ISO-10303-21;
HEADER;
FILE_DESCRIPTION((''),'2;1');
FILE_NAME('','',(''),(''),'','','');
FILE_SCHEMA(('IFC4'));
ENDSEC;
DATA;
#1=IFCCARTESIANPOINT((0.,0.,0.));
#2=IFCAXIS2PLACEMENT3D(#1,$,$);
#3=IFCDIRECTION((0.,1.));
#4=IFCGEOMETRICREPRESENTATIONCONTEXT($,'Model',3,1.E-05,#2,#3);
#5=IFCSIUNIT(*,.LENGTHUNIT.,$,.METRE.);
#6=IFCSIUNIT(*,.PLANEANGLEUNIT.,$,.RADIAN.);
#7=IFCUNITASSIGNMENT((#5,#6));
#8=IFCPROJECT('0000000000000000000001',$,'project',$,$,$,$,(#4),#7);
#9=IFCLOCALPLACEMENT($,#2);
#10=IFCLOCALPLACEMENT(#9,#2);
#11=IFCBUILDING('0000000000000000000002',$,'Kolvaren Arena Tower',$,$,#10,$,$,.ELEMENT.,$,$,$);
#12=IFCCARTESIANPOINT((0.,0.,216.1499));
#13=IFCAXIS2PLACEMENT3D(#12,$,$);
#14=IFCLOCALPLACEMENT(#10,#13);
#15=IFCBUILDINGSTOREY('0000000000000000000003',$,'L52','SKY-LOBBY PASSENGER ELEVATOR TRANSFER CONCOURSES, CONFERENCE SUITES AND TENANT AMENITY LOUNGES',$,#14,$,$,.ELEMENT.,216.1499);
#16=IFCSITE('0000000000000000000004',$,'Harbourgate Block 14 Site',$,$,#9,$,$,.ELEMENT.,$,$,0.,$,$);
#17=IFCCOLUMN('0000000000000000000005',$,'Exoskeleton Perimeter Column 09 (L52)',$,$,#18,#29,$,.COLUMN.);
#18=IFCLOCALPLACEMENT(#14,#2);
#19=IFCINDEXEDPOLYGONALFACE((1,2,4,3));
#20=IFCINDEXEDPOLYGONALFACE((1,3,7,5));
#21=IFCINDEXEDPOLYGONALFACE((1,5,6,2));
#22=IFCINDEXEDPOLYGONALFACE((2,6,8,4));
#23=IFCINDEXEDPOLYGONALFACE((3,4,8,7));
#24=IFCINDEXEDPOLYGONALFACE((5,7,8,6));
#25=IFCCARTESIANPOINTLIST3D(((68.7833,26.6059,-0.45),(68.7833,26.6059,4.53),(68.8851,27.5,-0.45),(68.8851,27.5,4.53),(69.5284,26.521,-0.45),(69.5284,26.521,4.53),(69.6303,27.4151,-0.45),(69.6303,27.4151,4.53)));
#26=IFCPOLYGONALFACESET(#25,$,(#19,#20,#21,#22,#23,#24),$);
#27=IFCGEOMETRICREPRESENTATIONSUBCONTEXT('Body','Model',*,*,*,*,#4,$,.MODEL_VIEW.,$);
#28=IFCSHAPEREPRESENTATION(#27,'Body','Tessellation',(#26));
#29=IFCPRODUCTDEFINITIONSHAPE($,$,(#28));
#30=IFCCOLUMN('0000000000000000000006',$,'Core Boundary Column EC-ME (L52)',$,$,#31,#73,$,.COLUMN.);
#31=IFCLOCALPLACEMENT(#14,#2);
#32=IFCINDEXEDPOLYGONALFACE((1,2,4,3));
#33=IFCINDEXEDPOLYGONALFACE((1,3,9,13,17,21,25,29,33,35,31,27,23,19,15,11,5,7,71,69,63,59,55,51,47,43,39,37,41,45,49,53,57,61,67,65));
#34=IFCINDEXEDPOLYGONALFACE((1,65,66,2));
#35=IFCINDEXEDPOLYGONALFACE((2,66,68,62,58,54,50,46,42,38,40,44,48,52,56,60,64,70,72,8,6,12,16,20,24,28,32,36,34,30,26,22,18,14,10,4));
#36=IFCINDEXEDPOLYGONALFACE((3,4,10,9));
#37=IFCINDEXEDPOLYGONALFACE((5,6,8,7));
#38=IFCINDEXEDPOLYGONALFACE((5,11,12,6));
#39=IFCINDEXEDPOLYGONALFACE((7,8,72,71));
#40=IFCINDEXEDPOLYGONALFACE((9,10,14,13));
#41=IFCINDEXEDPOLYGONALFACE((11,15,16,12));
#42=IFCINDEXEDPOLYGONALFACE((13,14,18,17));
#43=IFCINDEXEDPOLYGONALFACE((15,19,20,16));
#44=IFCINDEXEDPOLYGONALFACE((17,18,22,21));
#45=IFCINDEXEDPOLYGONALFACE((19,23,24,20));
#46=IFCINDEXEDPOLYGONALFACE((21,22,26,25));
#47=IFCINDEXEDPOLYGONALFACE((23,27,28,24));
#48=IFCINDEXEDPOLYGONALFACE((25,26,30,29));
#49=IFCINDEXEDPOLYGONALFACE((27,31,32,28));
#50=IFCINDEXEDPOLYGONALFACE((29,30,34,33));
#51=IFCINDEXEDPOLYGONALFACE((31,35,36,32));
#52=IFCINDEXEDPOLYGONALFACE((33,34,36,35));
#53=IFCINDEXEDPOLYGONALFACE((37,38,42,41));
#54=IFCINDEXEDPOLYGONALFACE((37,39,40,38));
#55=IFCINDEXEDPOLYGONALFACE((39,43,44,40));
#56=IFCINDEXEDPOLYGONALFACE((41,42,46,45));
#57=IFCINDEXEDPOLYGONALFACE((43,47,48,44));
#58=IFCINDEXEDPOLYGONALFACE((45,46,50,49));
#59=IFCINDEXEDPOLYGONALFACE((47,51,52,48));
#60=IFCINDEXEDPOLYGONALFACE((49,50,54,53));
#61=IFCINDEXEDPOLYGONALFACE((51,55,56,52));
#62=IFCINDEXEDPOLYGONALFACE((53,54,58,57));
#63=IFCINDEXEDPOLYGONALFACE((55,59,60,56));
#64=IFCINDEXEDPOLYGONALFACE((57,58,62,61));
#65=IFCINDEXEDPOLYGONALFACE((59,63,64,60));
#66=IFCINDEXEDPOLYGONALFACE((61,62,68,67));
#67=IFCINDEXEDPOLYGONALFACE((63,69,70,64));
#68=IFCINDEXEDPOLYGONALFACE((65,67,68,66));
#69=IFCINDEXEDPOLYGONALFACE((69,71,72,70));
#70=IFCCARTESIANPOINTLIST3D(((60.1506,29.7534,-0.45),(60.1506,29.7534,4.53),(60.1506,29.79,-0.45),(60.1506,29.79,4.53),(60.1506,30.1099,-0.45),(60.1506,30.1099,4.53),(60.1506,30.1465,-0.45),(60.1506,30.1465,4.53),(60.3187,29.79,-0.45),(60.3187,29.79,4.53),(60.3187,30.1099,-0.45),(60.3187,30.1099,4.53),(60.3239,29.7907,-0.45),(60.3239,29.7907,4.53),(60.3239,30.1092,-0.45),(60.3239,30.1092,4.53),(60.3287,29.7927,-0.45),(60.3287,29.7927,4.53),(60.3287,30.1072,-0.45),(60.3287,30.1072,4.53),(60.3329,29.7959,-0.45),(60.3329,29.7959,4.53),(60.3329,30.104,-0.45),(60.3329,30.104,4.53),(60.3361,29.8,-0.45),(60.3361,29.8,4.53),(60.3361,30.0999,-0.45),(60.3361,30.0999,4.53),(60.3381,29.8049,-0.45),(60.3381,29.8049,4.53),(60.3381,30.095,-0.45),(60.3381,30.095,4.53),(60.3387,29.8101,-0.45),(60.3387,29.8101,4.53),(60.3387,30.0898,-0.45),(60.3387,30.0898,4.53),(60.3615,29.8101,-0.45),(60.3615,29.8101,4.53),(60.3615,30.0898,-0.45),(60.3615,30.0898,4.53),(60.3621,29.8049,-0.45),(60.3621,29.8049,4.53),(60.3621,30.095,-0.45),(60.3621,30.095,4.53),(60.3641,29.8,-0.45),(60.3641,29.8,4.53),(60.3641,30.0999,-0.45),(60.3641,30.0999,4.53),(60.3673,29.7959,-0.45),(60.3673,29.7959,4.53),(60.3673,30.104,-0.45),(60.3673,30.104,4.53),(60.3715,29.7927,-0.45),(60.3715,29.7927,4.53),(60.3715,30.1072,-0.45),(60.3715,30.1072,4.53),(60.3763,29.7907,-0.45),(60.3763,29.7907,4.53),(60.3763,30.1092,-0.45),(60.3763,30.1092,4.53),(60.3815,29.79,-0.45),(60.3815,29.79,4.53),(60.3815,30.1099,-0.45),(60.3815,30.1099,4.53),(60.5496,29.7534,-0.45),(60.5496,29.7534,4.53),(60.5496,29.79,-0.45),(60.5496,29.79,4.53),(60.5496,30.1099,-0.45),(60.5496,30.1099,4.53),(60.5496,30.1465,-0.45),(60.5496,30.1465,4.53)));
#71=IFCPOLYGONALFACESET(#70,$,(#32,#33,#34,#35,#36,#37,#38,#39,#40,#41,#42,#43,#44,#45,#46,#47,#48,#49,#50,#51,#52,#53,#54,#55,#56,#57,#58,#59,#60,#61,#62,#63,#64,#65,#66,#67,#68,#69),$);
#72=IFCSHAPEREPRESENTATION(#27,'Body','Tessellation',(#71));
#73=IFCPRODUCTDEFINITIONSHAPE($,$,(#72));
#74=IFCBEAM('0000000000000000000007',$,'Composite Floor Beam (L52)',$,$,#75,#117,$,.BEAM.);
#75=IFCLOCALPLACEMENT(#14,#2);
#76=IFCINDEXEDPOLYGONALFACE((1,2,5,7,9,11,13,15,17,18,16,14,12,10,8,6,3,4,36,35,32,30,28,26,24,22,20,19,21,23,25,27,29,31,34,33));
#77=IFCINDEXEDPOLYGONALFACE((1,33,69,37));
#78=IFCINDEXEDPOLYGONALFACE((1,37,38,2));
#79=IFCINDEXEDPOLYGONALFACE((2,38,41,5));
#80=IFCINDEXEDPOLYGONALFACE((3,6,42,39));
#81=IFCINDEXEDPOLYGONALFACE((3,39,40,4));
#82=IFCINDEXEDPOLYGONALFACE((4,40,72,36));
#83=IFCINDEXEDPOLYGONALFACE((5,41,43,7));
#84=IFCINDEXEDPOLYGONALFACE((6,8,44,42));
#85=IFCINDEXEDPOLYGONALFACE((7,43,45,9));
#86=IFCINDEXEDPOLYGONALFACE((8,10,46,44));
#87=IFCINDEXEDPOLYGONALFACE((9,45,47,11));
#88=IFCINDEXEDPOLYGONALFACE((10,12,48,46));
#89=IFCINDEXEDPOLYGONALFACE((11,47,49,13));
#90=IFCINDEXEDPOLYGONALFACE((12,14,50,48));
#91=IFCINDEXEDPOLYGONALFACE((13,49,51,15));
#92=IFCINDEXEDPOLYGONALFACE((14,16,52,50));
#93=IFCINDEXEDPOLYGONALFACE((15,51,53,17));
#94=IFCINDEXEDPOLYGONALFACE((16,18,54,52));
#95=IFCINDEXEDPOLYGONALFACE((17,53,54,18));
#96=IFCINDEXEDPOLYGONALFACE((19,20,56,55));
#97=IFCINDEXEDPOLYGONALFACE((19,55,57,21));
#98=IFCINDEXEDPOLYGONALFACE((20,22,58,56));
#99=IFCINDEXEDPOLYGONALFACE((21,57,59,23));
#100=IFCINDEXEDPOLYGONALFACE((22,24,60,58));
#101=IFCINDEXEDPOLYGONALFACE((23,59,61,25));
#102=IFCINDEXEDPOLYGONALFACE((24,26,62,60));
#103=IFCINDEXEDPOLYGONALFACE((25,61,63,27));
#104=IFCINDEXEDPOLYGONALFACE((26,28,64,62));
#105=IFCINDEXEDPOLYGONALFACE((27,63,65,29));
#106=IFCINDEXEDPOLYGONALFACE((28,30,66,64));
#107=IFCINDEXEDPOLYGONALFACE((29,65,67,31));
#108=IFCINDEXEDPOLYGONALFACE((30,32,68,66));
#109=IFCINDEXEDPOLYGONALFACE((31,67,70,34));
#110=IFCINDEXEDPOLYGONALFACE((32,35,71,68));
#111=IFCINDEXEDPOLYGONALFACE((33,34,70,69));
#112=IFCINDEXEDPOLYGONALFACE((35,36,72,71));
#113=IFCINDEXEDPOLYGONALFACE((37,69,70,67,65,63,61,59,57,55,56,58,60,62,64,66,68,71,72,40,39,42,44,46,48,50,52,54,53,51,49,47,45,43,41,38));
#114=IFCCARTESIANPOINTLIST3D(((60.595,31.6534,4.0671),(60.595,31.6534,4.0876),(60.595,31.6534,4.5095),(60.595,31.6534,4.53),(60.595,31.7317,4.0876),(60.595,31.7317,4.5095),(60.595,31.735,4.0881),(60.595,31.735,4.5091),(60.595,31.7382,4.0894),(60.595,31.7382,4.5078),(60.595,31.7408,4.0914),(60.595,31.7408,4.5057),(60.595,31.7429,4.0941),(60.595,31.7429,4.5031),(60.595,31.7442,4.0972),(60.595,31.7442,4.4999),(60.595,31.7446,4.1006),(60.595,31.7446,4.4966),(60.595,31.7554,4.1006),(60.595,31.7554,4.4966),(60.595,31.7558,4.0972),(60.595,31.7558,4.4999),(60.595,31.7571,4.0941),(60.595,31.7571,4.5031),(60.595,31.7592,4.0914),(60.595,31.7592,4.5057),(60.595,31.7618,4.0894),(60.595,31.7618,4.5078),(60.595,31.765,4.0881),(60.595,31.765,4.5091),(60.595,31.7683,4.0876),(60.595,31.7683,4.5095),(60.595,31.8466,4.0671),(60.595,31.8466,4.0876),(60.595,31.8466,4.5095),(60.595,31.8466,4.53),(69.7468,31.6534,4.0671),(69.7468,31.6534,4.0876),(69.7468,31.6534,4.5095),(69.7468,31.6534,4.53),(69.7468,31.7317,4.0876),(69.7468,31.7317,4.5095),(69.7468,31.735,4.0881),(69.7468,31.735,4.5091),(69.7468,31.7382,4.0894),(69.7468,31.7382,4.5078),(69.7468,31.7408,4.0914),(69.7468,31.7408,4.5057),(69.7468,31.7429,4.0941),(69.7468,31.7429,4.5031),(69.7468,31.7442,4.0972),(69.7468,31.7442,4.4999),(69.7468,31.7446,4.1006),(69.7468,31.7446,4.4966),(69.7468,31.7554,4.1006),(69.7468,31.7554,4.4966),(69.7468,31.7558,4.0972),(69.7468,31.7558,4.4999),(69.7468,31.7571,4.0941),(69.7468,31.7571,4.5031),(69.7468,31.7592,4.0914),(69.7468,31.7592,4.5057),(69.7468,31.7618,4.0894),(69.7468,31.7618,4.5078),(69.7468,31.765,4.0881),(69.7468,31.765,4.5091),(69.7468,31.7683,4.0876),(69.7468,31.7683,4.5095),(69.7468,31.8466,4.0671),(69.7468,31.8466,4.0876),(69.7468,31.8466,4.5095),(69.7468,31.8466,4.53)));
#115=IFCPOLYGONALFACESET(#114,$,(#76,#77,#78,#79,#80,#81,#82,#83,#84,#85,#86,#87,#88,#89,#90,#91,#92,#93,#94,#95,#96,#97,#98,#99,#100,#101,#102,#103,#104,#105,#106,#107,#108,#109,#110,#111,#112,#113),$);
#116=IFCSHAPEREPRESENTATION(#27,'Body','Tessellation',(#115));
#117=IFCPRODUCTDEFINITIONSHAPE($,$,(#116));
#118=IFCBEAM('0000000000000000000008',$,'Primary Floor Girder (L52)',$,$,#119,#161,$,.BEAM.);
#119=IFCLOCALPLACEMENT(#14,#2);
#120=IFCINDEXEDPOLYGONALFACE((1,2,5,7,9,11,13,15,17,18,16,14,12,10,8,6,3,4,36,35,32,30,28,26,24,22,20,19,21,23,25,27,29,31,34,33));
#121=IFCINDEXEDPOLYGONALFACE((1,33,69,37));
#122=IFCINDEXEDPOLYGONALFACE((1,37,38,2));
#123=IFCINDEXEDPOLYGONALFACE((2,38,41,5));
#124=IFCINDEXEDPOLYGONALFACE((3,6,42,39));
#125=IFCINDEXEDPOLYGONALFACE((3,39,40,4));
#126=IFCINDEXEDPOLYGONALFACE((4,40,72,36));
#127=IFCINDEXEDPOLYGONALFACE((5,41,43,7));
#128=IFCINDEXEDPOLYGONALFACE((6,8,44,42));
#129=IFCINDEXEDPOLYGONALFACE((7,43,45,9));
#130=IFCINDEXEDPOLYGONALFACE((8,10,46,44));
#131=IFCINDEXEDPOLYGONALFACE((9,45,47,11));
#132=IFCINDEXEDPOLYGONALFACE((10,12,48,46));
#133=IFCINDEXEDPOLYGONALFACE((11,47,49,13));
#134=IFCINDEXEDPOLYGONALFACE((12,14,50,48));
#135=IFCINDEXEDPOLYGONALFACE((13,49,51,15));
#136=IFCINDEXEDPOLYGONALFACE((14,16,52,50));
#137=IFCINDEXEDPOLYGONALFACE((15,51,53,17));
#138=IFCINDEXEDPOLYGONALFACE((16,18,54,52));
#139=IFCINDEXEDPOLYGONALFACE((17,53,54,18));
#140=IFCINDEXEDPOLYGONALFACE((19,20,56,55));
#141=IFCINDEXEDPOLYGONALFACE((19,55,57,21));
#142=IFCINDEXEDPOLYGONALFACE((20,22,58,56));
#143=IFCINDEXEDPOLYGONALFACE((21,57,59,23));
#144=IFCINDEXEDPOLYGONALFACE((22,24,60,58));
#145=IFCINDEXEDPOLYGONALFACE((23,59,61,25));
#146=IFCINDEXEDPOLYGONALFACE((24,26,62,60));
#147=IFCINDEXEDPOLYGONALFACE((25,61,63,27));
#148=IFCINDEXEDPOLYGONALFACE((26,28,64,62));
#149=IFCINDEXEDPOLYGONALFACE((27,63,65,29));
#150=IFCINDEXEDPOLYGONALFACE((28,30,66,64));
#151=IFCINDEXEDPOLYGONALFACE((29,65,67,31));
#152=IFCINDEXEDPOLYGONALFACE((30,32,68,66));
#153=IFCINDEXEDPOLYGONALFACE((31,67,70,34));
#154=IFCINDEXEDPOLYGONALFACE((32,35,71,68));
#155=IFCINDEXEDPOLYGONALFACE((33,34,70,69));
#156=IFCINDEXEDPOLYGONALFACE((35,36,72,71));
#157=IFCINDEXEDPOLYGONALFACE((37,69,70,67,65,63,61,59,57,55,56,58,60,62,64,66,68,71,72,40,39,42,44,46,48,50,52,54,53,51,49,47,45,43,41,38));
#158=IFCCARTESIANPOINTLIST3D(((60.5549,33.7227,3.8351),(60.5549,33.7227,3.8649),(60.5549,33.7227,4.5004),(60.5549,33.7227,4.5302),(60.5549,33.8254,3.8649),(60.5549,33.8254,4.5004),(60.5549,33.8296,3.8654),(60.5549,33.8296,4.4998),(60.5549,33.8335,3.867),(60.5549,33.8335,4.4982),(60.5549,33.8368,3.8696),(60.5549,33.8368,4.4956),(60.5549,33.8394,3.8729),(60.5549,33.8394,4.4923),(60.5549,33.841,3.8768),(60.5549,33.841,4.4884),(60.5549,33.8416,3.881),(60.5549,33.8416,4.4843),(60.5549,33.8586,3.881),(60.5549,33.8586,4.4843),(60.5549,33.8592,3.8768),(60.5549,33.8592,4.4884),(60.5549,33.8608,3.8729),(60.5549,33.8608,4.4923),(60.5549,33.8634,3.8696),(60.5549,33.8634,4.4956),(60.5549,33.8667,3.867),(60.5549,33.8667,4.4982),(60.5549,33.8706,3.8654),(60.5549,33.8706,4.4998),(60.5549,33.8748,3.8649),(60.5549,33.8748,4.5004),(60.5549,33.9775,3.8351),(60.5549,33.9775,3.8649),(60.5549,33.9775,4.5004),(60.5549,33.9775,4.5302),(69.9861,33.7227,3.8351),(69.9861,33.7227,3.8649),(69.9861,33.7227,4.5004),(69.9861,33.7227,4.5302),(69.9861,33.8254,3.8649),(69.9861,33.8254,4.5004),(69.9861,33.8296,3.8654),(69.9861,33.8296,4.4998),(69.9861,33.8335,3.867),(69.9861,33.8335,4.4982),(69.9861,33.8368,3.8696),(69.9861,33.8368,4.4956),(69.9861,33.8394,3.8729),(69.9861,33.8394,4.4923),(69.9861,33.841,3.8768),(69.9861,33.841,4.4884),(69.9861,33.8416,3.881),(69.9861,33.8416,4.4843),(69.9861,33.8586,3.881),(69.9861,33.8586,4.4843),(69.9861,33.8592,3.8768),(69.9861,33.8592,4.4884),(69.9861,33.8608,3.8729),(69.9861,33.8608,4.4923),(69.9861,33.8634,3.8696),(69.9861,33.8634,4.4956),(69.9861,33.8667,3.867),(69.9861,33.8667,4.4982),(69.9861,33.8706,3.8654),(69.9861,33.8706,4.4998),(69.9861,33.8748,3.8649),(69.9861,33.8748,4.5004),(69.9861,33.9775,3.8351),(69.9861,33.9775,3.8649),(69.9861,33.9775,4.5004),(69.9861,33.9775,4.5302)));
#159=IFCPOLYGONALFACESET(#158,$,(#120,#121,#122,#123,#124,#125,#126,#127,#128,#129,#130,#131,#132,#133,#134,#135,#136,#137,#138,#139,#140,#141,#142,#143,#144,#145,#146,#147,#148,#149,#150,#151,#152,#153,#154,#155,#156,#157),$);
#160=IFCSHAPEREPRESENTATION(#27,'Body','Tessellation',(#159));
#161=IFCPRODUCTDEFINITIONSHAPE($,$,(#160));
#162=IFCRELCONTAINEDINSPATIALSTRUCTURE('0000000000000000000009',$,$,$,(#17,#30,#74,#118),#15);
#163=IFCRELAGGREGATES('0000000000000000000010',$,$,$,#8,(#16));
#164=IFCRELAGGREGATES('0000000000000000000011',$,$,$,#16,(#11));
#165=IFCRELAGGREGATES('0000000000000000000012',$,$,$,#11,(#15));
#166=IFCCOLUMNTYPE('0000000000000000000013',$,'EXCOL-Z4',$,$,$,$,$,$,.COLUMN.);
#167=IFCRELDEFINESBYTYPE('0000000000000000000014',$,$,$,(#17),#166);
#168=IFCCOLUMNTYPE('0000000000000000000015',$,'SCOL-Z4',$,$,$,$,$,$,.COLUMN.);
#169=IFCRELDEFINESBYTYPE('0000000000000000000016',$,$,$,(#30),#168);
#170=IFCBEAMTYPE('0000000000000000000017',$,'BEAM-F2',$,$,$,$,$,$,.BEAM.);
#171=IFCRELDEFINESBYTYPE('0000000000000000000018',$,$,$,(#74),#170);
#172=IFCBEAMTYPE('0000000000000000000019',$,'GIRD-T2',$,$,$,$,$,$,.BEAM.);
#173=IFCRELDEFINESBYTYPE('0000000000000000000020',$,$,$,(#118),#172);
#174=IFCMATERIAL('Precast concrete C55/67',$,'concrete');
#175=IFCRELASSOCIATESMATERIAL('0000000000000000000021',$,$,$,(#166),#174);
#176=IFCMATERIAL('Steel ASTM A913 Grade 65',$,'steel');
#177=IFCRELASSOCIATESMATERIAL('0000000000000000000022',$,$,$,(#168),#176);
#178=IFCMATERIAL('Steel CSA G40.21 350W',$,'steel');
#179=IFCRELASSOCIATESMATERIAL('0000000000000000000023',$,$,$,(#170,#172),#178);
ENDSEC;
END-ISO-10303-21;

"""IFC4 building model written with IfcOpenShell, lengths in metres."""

from ifc_helpers import new_model, si_unit, direction, frame, origin, origin_2d, place, context, subcontext, project, spatial, rectangle, i_section, extrude, material, material_profile, profile_set, type_object, element, save


model = new_model("IFC4")

# Units and contexts
model_context = context("Model", 3, precision=1e-05, world=origin(), true_north=direction((0.0, 1.0)))
body_context = subcontext(model_context, "Body", "Model", "MODEL_VIEW")
ifc_project = project(units=[si_unit("LENGTHUNIT", "METRE"), si_unit("PLANEANGLEUNIT", "RADIAN")], contexts=[model_context])

# Site, building, storey
site_placement = place(None, origin())
site = spatial("IfcSite", under=ifc_project, at=site_placement, Name="Harbourgate Block 14 Site", CompositionType="ELEMENT", RefElevation=0.0)
building_placement = place(site_placement, origin())
building = spatial("IfcBuilding", under=site, at=building_placement, Name="Kolvaren Arena Tower", CompositionType="ELEMENT")
storey_placement = place(building_placement, frame((0.0, 0.0, 216.1499)))
storey = spatial("IfcBuildingStorey", under=building, at=storey_placement, Name="L52", Description="SKY-LOBBY PASSENGER ELEVATOR TRANSFER CONCOURSES, CONFERENCE SUITES AND TENANT AMENITY LOUNGES", CompositionType="ELEMENT", Elevation=216.1499)

# Columns
ifc_material_1 = material(Name="Precast concrete C55/67", Category="concrete")
ifc_material_profile_1 = material_profile(ifc_material_1, rectangle(XDim=0.8999, YDim=0.75, at=origin_2d()), Name="RC-900x750")
ifc_profile_set_1 = profile_set([ifc_material_profile_1], Name="Precast concrete C55/67")
column_type_1 = type_object("IfcColumnType", Name="EXCOL-Z4", PredefinedType="COLUMN", material=ifc_profile_set_1)
column_1_placement = place(storey_placement, frame((69.2068, 27.0105, -0.45), z_axis=(0.0, 0.0, 1.0), x_axis=(0.113203, 0.993572, 0.0)))
element("IfcColumn", 1, at=column_1_placement, inside=storey, type_object=column_type_1, Name="Exoskeleton Perimeter Column 09 (L52)", PredefinedType="COLUMN", context=body_context, shape_type="SweptSolid", body=[
    extrude(rectangle(XDim=0.8999, YDim=0.75, at=origin_2d()), origin(), (0.0, 0.0, 1.0), 4.98),
])
ifc_material_2 = material(Name="Steel ASTM A913 Grade 65", Category="steel")
ifc_material_profile_2 = material_profile(ifc_material_2, i_section(OverallWidth=0.3989, OverallDepth=0.3931, WebThickness=0.0227, FlangeThickness=0.0366, FilletRadius=0.02, at=origin_2d()), Name="W360x287")
ifc_profile_set_2 = profile_set([ifc_material_profile_2], Name="Steel ASTM A913 Grade 65")
column_type_2 = type_object("IfcColumnType", Name="SCOL-Z4", PredefinedType="COLUMN", material=ifc_profile_set_2)
column_2_placement = place(storey_placement, frame((60.3501, 29.95, -0.45), z_axis=(0.0, 0.0, 1.0), x_axis=(1.0, 0.0, 0.0)))
element("IfcColumn", 2, at=column_2_placement, inside=storey, type_object=column_type_2, Name="Core Boundary Column EC-ME (L52)", PredefinedType="COLUMN", context=body_context, shape_type="SweptSolid", body=[
    extrude(i_section(OverallWidth=0.3989, OverallDepth=0.3931, WebThickness=0.0227, FlangeThickness=0.0366, FilletRadius=0.02, at=origin_2d()), origin(), (0.0, 0.0, 1.0), 4.98),
])

# Beams
ifc_material_3 = material(Name="Steel CSA G40.21 350W", Category="steel")
ifc_material_profile_3 = material_profile(ifc_material_3, i_section(OverallWidth=0.1931, OverallDepth=0.4629, WebThickness=0.0107, FlangeThickness=0.0205, FilletRadius=0.0129, at=origin_2d()), Name="W460x113")
ifc_profile_set_3 = profile_set([ifc_material_profile_3], Name="Steel CSA G40.21 350W")
beam_type_1 = type_object("IfcBeamType", Name="BEAM-F2", PredefinedType="BEAM", material=ifc_profile_set_3)
beam_1_placement = place(storey_placement, frame((60.595, 31.75, 4.2986), z_axis=(1.0, 0.0, 0.0), x_axis=(0.0, 1.0, 0.0)))
element("IfcBeam", 3, at=beam_1_placement, inside=storey, type_object=beam_type_1, Name="Composite Floor Beam (L52)", PredefinedType="BEAM", context=body_context, shape_type="SweptSolid", body=[
    extrude(i_section(OverallWidth=0.1931, OverallDepth=0.4629, WebThickness=0.0107, FlangeThickness=0.0205, FilletRadius=0.0129, at=origin_2d()), origin(), (0.0, 0.0, 1.0), 9.1519),
])
ifc_material_profile_4 = material_profile(ifc_material_3, i_section(OverallWidth=0.2549, OverallDepth=0.6951, WebThickness=0.0171, FlangeThickness=0.0298, FilletRadius=0.0161, at=origin_2d()), Name="W690x217")
ifc_profile_set_4 = profile_set([ifc_material_profile_4], Name="Steel CSA G40.21 350W")
beam_type_2 = type_object("IfcBeamType", Name="GIRD-T2", PredefinedType="BEAM", material=ifc_profile_set_4)
beam_2_placement = place(storey_placement, frame((60.5549, 33.8501, 4.1826), z_axis=(1.0, 0.0, 0.0), x_axis=(0.0, 1.0, 0.0)))
element("IfcBeam", 4, at=beam_2_placement, inside=storey, type_object=beam_type_2, Name="Primary Floor Girder (L52)", PredefinedType="BEAM", context=body_context, shape_type="SweptSolid", body=[
    extrude(i_section(OverallWidth=0.2549, OverallDepth=0.6951, WebThickness=0.0171, FlangeThickness=0.0298, FilletRadius=0.0161, at=origin_2d()), origin(), (0.0, 0.0, 1.0), 9.4312),
])

save(model, "model.ifc")
